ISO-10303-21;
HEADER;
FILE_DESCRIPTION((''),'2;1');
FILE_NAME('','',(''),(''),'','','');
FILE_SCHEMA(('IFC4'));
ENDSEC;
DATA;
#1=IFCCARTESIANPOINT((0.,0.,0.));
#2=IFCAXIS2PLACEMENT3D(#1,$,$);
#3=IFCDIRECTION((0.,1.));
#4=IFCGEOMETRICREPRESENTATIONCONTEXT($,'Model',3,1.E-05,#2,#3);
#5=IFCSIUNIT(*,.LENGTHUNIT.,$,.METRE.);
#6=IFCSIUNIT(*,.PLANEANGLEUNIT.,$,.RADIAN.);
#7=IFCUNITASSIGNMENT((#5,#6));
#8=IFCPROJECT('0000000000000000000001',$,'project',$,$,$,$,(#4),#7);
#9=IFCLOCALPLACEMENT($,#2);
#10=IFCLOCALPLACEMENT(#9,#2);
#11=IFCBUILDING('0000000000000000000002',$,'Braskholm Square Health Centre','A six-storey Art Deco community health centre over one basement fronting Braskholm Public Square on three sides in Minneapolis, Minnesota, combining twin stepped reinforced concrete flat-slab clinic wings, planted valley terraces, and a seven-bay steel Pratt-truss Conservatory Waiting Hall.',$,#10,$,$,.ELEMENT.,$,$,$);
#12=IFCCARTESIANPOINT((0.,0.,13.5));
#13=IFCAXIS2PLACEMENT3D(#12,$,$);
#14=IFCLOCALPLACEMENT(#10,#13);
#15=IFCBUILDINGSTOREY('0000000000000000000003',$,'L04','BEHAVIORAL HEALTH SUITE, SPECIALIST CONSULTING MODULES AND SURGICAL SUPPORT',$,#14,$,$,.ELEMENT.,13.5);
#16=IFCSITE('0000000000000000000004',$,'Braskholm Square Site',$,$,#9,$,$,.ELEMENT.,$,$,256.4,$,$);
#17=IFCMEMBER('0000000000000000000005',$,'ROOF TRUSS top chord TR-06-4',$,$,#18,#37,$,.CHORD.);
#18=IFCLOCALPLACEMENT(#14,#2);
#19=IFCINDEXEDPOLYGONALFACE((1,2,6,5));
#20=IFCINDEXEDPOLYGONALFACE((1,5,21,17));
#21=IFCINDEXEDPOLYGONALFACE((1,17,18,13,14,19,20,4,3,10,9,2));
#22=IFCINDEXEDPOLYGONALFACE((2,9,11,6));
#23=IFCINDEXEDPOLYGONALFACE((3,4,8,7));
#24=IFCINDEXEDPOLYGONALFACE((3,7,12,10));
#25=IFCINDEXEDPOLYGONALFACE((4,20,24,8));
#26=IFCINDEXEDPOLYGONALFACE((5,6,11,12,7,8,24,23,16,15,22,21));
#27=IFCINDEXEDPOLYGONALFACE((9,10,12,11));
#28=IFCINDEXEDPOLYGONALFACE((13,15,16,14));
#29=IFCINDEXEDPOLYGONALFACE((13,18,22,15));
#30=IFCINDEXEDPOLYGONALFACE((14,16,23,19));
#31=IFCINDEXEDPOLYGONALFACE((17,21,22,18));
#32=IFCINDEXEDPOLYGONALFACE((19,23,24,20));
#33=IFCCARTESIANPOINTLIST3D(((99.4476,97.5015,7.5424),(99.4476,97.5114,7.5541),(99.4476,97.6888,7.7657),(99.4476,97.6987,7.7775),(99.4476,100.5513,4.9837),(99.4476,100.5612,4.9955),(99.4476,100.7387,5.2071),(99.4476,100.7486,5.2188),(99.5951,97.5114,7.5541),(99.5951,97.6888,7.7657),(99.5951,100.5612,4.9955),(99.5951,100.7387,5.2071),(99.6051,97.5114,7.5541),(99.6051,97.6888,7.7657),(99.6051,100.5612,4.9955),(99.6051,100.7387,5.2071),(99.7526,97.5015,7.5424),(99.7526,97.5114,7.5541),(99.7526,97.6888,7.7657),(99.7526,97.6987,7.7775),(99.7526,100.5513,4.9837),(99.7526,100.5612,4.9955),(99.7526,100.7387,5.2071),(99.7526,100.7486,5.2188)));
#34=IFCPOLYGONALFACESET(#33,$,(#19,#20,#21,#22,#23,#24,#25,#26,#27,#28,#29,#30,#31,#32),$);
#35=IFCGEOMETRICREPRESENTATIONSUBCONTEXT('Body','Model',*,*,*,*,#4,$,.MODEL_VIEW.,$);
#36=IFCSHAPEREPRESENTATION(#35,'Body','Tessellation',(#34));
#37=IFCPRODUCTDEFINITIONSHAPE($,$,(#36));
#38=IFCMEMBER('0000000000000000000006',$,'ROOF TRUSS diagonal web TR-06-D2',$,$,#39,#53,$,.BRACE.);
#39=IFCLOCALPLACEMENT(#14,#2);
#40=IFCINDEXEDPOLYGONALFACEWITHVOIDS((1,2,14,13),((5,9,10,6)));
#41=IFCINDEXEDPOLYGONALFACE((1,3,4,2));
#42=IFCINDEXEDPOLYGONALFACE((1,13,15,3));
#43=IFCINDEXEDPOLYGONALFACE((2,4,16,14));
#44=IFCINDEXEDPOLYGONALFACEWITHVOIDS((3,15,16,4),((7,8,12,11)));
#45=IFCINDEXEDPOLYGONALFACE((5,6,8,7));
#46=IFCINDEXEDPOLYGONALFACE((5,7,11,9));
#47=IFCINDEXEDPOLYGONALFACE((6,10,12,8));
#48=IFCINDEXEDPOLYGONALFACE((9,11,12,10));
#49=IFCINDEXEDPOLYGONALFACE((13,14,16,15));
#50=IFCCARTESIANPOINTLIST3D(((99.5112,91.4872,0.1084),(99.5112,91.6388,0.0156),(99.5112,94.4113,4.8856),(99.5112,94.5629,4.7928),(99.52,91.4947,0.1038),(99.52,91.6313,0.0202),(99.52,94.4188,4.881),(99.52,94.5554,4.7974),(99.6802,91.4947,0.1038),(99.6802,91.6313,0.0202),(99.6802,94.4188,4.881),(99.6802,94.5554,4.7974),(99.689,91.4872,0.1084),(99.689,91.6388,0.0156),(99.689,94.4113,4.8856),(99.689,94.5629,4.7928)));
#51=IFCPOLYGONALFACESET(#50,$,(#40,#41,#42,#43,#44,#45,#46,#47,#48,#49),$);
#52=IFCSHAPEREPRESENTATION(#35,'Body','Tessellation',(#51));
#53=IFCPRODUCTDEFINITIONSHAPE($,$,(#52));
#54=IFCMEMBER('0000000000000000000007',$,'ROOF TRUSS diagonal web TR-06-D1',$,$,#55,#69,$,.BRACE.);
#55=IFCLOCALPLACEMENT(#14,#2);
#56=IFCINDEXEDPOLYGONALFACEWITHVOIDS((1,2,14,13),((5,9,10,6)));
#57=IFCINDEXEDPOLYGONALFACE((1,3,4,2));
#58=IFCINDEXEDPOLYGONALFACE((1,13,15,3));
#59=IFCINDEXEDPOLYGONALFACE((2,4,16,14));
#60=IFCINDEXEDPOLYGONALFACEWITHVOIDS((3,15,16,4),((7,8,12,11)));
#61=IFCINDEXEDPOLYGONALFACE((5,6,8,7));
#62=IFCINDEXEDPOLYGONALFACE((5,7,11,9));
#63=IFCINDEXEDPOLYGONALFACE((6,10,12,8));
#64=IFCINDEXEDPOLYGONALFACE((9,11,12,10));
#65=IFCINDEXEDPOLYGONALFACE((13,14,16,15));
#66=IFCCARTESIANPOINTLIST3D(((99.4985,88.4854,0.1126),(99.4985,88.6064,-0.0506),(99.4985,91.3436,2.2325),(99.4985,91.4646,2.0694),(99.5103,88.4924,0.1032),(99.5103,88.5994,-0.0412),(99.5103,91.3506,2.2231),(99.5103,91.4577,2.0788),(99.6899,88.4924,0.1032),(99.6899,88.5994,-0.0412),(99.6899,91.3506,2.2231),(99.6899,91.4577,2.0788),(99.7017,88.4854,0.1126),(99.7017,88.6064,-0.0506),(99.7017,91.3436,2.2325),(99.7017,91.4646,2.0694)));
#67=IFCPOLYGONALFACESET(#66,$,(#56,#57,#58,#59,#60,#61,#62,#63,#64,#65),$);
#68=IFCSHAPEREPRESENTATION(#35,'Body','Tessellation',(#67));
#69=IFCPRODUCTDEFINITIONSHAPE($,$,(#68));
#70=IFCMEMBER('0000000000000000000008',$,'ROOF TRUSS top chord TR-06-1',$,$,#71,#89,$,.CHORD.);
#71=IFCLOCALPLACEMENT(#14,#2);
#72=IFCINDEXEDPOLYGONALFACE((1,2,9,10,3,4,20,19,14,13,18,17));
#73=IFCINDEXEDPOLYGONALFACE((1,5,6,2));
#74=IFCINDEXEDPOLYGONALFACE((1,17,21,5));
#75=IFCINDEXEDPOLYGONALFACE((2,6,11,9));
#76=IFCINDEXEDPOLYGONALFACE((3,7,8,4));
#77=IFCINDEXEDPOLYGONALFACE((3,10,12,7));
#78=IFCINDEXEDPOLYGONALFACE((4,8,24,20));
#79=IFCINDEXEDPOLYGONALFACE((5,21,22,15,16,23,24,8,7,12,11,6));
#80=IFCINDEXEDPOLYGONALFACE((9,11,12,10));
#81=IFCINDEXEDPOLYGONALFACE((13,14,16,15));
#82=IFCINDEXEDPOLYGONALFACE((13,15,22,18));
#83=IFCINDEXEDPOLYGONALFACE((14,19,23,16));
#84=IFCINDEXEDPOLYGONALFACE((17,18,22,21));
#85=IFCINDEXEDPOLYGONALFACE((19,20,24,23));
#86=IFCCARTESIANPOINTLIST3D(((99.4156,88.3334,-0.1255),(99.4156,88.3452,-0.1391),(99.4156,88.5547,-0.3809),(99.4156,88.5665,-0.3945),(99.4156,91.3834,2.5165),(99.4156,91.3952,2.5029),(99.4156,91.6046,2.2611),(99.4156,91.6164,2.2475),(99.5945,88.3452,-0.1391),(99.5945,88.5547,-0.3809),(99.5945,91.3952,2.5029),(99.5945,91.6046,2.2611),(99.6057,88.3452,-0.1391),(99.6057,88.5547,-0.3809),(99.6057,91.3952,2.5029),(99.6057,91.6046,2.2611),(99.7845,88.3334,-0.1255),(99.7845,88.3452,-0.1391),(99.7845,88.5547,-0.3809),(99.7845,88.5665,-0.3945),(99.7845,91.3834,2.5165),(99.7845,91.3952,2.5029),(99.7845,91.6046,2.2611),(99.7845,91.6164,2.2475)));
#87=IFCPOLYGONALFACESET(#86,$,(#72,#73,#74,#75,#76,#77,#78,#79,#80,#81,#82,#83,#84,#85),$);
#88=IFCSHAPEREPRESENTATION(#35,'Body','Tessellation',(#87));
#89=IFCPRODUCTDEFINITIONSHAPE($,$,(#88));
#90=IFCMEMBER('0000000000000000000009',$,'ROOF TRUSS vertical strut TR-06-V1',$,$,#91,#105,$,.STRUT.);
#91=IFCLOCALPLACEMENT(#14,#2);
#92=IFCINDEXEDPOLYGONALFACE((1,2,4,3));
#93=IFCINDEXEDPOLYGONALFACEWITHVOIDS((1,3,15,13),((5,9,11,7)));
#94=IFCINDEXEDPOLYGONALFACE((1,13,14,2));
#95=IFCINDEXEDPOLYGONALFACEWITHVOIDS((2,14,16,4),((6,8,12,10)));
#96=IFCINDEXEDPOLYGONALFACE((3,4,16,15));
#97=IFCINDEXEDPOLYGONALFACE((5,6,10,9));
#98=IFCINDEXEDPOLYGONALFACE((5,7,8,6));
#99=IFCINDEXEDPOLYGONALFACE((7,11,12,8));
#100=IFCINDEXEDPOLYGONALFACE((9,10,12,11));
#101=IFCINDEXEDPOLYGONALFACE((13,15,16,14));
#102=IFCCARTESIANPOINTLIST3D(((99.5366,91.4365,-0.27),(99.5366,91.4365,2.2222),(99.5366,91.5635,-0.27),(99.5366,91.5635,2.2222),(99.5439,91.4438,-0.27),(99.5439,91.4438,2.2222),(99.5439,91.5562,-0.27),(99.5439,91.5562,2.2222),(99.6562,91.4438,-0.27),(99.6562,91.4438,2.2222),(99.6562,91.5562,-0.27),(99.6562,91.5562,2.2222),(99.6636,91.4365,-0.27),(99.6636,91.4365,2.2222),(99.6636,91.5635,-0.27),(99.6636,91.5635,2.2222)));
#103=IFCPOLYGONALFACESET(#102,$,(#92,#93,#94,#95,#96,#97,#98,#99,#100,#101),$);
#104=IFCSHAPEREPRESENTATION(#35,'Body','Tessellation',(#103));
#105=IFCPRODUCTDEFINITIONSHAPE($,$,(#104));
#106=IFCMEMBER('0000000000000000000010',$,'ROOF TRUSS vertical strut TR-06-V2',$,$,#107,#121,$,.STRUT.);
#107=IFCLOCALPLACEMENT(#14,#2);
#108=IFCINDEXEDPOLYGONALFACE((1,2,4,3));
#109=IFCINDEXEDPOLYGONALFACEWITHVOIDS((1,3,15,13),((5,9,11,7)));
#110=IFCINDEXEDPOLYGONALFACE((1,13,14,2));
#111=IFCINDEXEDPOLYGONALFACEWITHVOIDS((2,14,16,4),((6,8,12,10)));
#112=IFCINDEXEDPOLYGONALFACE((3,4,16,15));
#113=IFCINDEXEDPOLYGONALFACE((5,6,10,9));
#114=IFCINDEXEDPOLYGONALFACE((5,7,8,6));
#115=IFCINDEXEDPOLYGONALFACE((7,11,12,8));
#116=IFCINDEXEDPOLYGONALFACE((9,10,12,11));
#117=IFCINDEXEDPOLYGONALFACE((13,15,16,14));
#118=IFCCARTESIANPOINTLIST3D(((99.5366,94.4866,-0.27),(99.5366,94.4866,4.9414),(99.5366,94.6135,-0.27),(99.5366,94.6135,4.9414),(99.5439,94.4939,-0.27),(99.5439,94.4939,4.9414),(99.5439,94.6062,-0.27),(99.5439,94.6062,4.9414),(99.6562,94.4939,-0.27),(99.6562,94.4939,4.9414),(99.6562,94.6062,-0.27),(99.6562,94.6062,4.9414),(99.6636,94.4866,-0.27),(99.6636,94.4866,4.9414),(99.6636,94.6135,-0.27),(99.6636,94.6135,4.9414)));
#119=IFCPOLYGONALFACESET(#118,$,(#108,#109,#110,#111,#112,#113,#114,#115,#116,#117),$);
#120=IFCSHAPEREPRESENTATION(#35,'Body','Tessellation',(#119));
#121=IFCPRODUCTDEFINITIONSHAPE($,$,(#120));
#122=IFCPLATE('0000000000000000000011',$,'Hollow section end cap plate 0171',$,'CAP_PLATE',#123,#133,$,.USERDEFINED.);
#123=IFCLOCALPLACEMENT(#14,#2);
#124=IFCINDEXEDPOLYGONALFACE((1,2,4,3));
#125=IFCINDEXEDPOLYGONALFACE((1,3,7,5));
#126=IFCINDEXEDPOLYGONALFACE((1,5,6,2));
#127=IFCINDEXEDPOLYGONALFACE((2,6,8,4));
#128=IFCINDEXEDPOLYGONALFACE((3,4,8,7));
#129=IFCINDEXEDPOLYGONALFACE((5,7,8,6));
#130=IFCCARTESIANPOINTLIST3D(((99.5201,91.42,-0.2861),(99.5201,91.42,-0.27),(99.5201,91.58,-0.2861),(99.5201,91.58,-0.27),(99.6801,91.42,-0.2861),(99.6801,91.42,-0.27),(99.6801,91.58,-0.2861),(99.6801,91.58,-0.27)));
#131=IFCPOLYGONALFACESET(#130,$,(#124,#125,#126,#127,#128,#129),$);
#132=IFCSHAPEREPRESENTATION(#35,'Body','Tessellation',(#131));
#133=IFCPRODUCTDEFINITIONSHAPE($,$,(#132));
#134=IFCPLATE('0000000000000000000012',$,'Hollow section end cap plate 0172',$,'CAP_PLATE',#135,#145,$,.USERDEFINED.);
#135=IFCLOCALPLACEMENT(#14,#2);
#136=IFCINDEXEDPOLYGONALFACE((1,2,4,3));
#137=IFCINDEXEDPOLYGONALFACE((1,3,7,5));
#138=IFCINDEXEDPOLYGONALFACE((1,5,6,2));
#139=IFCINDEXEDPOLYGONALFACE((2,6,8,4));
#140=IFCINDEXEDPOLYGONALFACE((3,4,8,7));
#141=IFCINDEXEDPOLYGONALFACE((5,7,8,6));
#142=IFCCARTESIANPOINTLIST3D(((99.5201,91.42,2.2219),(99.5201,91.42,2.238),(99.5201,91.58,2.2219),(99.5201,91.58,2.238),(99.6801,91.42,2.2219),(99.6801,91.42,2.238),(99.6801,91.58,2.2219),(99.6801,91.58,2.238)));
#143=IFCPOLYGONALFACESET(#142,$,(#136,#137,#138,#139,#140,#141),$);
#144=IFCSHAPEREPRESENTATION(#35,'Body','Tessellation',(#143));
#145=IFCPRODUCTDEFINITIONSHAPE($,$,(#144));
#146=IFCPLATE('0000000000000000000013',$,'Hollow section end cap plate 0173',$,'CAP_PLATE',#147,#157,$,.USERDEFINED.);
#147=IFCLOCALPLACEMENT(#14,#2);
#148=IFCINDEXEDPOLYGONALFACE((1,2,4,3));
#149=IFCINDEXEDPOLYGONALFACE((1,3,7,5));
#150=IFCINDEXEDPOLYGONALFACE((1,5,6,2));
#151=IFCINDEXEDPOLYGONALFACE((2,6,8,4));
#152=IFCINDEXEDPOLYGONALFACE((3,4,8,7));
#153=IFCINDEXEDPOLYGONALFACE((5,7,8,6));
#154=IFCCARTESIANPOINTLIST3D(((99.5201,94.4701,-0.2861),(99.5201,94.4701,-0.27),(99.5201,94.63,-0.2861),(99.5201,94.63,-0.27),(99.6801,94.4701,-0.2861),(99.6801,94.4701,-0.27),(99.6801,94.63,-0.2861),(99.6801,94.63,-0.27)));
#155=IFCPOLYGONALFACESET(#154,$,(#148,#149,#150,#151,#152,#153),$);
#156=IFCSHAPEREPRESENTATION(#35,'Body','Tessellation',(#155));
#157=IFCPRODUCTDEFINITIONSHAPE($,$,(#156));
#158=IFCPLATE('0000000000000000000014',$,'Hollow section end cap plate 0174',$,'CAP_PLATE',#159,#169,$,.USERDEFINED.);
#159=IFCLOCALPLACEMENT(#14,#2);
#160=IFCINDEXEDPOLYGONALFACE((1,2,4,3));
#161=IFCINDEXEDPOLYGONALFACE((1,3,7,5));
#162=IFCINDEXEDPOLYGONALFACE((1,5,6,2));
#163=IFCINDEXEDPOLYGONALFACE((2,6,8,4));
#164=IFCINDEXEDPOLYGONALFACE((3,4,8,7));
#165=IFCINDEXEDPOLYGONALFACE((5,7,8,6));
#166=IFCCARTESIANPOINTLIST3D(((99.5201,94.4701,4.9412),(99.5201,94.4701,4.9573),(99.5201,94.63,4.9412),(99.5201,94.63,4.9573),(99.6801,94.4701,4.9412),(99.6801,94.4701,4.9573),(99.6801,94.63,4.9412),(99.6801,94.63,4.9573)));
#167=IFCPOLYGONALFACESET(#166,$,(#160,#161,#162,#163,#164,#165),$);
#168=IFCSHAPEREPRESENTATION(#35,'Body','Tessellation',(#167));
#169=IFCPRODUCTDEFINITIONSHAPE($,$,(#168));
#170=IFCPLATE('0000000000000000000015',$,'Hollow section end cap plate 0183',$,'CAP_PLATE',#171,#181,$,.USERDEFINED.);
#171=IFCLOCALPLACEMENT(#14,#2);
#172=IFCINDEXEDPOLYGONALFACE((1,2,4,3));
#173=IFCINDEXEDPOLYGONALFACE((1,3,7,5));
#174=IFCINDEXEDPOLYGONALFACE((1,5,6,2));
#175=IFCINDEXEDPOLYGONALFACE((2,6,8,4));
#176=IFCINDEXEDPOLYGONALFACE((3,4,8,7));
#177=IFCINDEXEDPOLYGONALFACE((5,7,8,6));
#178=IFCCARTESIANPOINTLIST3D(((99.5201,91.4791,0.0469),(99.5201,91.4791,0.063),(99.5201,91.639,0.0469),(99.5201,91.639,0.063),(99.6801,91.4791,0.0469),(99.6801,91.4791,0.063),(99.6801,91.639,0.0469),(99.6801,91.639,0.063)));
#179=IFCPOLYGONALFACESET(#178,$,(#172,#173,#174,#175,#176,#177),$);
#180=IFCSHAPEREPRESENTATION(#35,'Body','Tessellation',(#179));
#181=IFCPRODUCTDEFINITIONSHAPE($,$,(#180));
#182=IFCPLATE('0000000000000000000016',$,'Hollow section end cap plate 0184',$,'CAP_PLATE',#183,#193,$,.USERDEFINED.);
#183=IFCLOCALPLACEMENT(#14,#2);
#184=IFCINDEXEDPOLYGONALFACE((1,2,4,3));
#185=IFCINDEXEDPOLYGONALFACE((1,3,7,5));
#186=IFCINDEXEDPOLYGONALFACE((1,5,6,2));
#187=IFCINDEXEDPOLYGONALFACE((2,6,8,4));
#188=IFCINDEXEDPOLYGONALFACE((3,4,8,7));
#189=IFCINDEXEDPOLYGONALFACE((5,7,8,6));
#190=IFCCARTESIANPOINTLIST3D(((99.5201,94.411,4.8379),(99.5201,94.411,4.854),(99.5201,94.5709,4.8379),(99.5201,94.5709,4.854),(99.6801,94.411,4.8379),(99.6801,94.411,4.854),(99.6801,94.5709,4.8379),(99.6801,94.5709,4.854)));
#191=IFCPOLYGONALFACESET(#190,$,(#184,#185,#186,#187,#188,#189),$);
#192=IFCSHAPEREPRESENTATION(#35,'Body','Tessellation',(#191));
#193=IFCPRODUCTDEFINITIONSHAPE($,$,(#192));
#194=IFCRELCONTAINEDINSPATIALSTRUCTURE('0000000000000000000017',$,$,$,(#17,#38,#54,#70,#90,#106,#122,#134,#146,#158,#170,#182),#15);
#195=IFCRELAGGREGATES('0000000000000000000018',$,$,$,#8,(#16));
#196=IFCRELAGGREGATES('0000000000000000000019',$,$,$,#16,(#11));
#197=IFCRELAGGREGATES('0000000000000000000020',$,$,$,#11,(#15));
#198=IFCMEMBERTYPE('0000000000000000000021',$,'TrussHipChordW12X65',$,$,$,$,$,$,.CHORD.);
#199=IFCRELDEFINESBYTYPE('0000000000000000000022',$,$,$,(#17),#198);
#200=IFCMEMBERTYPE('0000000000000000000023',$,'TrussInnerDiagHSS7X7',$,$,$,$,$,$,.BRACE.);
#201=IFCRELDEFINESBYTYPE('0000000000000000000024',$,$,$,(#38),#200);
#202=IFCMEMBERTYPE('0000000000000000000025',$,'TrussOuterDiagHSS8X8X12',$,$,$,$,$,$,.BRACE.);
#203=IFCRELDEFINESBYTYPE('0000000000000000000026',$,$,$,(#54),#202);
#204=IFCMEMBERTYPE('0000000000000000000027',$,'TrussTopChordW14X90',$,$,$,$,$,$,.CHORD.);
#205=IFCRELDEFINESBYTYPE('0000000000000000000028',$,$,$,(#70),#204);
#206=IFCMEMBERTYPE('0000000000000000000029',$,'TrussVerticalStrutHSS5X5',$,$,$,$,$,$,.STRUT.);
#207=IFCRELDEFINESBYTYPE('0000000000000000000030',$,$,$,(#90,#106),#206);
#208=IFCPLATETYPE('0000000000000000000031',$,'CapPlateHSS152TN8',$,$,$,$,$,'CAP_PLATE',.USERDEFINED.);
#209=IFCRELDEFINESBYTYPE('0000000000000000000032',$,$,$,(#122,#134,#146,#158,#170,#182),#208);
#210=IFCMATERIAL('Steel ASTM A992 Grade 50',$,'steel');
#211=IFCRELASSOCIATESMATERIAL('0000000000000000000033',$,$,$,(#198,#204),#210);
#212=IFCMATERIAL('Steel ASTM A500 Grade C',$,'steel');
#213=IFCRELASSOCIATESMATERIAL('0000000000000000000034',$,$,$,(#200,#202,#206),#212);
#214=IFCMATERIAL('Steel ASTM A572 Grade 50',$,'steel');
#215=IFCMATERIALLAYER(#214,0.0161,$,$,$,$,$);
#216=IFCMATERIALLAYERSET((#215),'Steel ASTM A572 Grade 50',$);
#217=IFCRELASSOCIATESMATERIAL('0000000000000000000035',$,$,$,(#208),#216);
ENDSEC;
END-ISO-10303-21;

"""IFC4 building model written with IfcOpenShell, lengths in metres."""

from ifc_helpers import new_model, si_unit, direction, frame, origin, origin_2d, place, context, subcontext, project, spatial, rectangle, hollow_rectangle, i_section, extrude, material, layer, layer_set, material_profile, profile_set, type_object, element, save


model = new_model("IFC4")

# Units and contexts
model_context = context("Model", 3, precision=1e-05, world=origin(), true_north=direction((0.0, 1.0)))
body_context = subcontext(model_context, "Body", "Model", "MODEL_VIEW")
ifc_project = project(units=[si_unit("LENGTHUNIT", "METRE"), si_unit("PLANEANGLEUNIT", "RADIAN")], contexts=[model_context])

# Site, building, storey
site_placement = place(None, origin())
site = spatial("IfcSite", under=ifc_project, at=site_placement, Name="Braskholm Square Site", CompositionType="ELEMENT", RefElevation=256.4)
building_placement = place(site_placement, origin())
building = spatial("IfcBuilding", under=site, at=building_placement, Name="Braskholm Square Health Centre", Description="A six-storey Art Deco community health centre over one basement fronting Braskholm Public Square on three sides in Minneapolis, Minnesota, combining twin stepped reinforced concrete flat-slab clinic wings, planted valley terraces, and a seven-bay steel Pratt-truss Conservatory Waiting Hall.", CompositionType="ELEMENT")
storey_placement = place(building_placement, frame((0.0, 0.0, 13.5)))
storey = spatial("IfcBuildingStorey", under=building, at=storey_placement, Name="L04", Description="BEHAVIORAL HEALTH SUITE, SPECIALIST CONSULTING MODULES AND SURGICAL SUPPORT", CompositionType="ELEMENT", Elevation=13.5)

# Shared definitions
ifc_material_1 = material(Name="Steel ASTM A500 Grade C", Category="steel")

# Shared definitions
ifc_material_2 = material(Name="Steel ASTM A992 Grade 50", Category="steel")

# Members
ifc_material_profile_1 = material_profile(ifc_material_2, i_section(OverallWidth=0.3049, OverallDepth=0.3069, WebThickness=0.01, FlangeThickness=0.0154, at=origin_2d()), Name="W12X65")
ifc_profile_set_1 = profile_set([ifc_material_profile_1], Name="Steel ASTM A992 Grade 50")
member_type_1 = type_object("IfcMemberType", Name="TrussHipChordW12X65", PredefinedType="CHORD", material=ifc_profile_set_1)
member_1_placement = place(storey_placement, frame((99.6001, 97.6001, 7.6599), z_axis=(0.0, 0.766106, -0.642714), x_axis=(-1.0, 0.0, 0.0)))
element("IfcMember", 1, at=member_1_placement, inside=storey, type_object=member_type_1, Name="ROOF TRUSS top chord TR-06-4", PredefinedType="CHORD", context=body_context, shape_type="SweptSolid", body=[
    extrude(i_section(OverallWidth=0.3049, OverallDepth=0.3069, WebThickness=0.01, FlangeThickness=0.0154, at=origin_2d()), origin(), (0.0, 0.0, 1.0), 3.981),
])
ifc_material_profile_2 = material_profile(ifc_material_1, hollow_rectangle(XDim=0.1777, YDim=0.1777, WallThickness=0.0088, at=origin_2d()), Name="HSS7X7X3/8")
ifc_profile_set_2 = profile_set([ifc_material_profile_2], Name="Steel ASTM A500 Grade C")
member_type_2 = type_object("IfcMemberType", Name="TrussInnerDiagHSS7X7", PredefinedType="BRACE", material=ifc_profile_set_2)
member_2_placement = place(storey_placement, frame((99.6001, 91.563, 0.062), z_axis=(0.0, 0.522065, 0.852906), x_axis=(-1.0, 0.0, 0.0)))
element("IfcMember", 2, at=member_2_placement, inside=storey, type_object=member_type_2, Name="ROOF TRUSS diagonal web TR-06-D2", PredefinedType="BRACE", context=body_context, shape_type="SweptSolid", body=[
    extrude(hollow_rectangle(XDim=0.1777, YDim=0.1777, WallThickness=0.0088, at=origin_2d()), origin(), (0.0, 0.0, 1.0), 5.6011),
])
ifc_material_profile_3 = material_profile(ifc_material_1, hollow_rectangle(XDim=0.2031, YDim=0.2031, WallThickness=0.0117, at=origin_2d()), Name="HSS8X8X1/2")
ifc_profile_set_3 = profile_set([ifc_material_profile_3], Name="Steel ASTM A500 Grade C")
member_type_3 = type_object("IfcMemberType", Name="TrussOuterDiagHSS8X8X12", PredefinedType="BRACE", material=ifc_profile_set_3)
member_3_placement = place(storey_placement, frame((99.6001, 88.5459, 0.031), z_axis=(0.0, 0.803191, 0.595721), x_axis=(-1.0, 0.0, 0.0)))
element("IfcMember", 3, at=member_3_placement, inside=storey, type_object=member_type_3, Name="ROOF TRUSS diagonal web TR-06-D1", PredefinedType="BRACE", context=body_context, shape_type="SweptSolid", body=[
    extrude(hollow_rectangle(XDim=0.2031, YDim=0.2031, WallThickness=0.0117, at=origin_2d()), origin(), (0.0, 0.0, 1.0), 3.5586),
])
ifc_material_profile_4 = material_profile(ifc_material_2, i_section(OverallWidth=0.3689, OverallDepth=0.356, WebThickness=0.0112, FlangeThickness=0.0181, at=origin_2d()), Name="W14X90")
ifc_profile_set_4 = profile_set([ifc_material_profile_4], Name="Steel ASTM A992 Grade 50")
member_type_4 = type_object("IfcMemberType", Name="TrussTopChordW14X90", PredefinedType="CHORD", material=ifc_profile_set_4)
member_4_placement = place(storey_placement, frame((99.6001, 88.45, -0.26), z_axis=(0.0, 0.755847, 0.654749), x_axis=(-1.0, 0.0, 0.0)))
element("IfcMember", 4, at=member_4_placement, inside=storey, type_object=member_type_4, Name="ROOF TRUSS top chord TR-06-1", PredefinedType="CHORD", context=body_context, shape_type="SweptSolid", body=[
    extrude(i_section(OverallWidth=0.3689, OverallDepth=0.356, WebThickness=0.0112, FlangeThickness=0.0181, at=origin_2d()), origin(), (0.0, 0.0, 1.0), 4.0352),
])
ifc_material_profile_5 = material_profile(ifc_material_1, hollow_rectangle(XDim=0.127, YDim=0.127, WallThickness=0.0073, at=origin_2d()), Name="HSS5X5X5/16")
ifc_profile_set_5 = profile_set([ifc_material_profile_5], Name="Steel ASTM A500 Grade C")
member_type_5 = type_object("IfcMemberType", Name="TrussVerticalStrutHSS5X5", PredefinedType="STRUT", material=ifc_profile_set_5)
member_5_placement = place(storey_placement, frame((99.6001, 91.5, -0.27), z_axis=(0.0, 0.0, 1.0), x_axis=(1.0, 0.0, 0.0)))
element("IfcMember", 5, at=member_5_placement, inside=storey, type_object=member_type_5, Name="ROOF TRUSS vertical strut TR-06-V1", PredefinedType="STRUT", context=body_context, shape_type="SweptSolid", body=[
    extrude(hollow_rectangle(XDim=0.127, YDim=0.127, WallThickness=0.0073, at=origin_2d()), origin(), (0.0, 0.0, 1.0), 2.4922),
])
member_6_placement = place(storey_placement, frame((99.6001, 94.55, -0.27), z_axis=(0.0, 0.0, 1.0), x_axis=(1.0, 0.0, 0.0)))
element("IfcMember", 6, at=member_6_placement, inside=storey, type_object=member_type_5, Name="ROOF TRUSS vertical strut TR-06-V2", PredefinedType="STRUT", context=body_context, shape_type="SweptSolid", body=[
    extrude(hollow_rectangle(XDim=0.127, YDim=0.127, WallThickness=0.0073, at=origin_2d()), origin(), (0.0, 0.0, 1.0), 5.2114),
])

# Plates
ifc_material_3 = material(Name="Steel ASTM A572 Grade 50", Category="steel")
ifc_layer_1 = layer(ifc_material_3, 0.0161)
ifc_layer_set_1 = layer_set([ifc_layer_1], Name="Steel ASTM A572 Grade 50")
plate_type_1 = type_object("IfcPlateType", Name="CapPlateHSS152TN8", ElementType="CAP_PLATE", PredefinedType="USERDEFINED", material=ifc_layer_set_1)
for number, where, z_axis, x_axis, name in (
    (7, (99.6001, 91.5, -0.2861), (0.0, 0.0, 1.0), (1.0, 0.0, 0.0), "Hollow section end cap plate 0171"),
    (8, (99.6001, 91.5, 2.2219), (0.0, 0.0, 1.0), (1.0, 0.0, 0.0), "Hollow section end cap plate 0172"),
    (9, (99.6001, 94.55, -0.2861), (0.0, 0.0, 1.0), (1.0, 0.0, 0.0), "Hollow section end cap plate 0173"),
    (10, (99.6001, 94.55, 4.9412), (0.0, 0.0, 1.0), (1.0, 0.0, 0.0), "Hollow section end cap plate 0174"),
    (11, (99.6001, 91.5591, 0.0469), (0.0, 0.0, 1.0), (1.0, 0.0, 0.0), "Hollow section end cap plate 0183"),
    (12, (99.6001, 94.491, 4.8379), (0.0, 0.0, 1.0), (1.0, 0.0, 0.0), "Hollow section end cap plate 0184"),
):
    element("IfcPlate", number, at=place(storey_placement, frame(where, z_axis=z_axis, x_axis=x_axis)), inside=storey, type_object=plate_type_1, Name=name, ObjectType="CAP_PLATE", PredefinedType="USERDEFINED", context=body_context, shape_type="SweptSolid", body=[
        extrude(rectangle(XDim=0.1599, YDim=0.1599, at=origin_2d()), origin(), (0.0, 0.0, 1.0), 0.0161),
    ])

save(model, "model.ifc")
